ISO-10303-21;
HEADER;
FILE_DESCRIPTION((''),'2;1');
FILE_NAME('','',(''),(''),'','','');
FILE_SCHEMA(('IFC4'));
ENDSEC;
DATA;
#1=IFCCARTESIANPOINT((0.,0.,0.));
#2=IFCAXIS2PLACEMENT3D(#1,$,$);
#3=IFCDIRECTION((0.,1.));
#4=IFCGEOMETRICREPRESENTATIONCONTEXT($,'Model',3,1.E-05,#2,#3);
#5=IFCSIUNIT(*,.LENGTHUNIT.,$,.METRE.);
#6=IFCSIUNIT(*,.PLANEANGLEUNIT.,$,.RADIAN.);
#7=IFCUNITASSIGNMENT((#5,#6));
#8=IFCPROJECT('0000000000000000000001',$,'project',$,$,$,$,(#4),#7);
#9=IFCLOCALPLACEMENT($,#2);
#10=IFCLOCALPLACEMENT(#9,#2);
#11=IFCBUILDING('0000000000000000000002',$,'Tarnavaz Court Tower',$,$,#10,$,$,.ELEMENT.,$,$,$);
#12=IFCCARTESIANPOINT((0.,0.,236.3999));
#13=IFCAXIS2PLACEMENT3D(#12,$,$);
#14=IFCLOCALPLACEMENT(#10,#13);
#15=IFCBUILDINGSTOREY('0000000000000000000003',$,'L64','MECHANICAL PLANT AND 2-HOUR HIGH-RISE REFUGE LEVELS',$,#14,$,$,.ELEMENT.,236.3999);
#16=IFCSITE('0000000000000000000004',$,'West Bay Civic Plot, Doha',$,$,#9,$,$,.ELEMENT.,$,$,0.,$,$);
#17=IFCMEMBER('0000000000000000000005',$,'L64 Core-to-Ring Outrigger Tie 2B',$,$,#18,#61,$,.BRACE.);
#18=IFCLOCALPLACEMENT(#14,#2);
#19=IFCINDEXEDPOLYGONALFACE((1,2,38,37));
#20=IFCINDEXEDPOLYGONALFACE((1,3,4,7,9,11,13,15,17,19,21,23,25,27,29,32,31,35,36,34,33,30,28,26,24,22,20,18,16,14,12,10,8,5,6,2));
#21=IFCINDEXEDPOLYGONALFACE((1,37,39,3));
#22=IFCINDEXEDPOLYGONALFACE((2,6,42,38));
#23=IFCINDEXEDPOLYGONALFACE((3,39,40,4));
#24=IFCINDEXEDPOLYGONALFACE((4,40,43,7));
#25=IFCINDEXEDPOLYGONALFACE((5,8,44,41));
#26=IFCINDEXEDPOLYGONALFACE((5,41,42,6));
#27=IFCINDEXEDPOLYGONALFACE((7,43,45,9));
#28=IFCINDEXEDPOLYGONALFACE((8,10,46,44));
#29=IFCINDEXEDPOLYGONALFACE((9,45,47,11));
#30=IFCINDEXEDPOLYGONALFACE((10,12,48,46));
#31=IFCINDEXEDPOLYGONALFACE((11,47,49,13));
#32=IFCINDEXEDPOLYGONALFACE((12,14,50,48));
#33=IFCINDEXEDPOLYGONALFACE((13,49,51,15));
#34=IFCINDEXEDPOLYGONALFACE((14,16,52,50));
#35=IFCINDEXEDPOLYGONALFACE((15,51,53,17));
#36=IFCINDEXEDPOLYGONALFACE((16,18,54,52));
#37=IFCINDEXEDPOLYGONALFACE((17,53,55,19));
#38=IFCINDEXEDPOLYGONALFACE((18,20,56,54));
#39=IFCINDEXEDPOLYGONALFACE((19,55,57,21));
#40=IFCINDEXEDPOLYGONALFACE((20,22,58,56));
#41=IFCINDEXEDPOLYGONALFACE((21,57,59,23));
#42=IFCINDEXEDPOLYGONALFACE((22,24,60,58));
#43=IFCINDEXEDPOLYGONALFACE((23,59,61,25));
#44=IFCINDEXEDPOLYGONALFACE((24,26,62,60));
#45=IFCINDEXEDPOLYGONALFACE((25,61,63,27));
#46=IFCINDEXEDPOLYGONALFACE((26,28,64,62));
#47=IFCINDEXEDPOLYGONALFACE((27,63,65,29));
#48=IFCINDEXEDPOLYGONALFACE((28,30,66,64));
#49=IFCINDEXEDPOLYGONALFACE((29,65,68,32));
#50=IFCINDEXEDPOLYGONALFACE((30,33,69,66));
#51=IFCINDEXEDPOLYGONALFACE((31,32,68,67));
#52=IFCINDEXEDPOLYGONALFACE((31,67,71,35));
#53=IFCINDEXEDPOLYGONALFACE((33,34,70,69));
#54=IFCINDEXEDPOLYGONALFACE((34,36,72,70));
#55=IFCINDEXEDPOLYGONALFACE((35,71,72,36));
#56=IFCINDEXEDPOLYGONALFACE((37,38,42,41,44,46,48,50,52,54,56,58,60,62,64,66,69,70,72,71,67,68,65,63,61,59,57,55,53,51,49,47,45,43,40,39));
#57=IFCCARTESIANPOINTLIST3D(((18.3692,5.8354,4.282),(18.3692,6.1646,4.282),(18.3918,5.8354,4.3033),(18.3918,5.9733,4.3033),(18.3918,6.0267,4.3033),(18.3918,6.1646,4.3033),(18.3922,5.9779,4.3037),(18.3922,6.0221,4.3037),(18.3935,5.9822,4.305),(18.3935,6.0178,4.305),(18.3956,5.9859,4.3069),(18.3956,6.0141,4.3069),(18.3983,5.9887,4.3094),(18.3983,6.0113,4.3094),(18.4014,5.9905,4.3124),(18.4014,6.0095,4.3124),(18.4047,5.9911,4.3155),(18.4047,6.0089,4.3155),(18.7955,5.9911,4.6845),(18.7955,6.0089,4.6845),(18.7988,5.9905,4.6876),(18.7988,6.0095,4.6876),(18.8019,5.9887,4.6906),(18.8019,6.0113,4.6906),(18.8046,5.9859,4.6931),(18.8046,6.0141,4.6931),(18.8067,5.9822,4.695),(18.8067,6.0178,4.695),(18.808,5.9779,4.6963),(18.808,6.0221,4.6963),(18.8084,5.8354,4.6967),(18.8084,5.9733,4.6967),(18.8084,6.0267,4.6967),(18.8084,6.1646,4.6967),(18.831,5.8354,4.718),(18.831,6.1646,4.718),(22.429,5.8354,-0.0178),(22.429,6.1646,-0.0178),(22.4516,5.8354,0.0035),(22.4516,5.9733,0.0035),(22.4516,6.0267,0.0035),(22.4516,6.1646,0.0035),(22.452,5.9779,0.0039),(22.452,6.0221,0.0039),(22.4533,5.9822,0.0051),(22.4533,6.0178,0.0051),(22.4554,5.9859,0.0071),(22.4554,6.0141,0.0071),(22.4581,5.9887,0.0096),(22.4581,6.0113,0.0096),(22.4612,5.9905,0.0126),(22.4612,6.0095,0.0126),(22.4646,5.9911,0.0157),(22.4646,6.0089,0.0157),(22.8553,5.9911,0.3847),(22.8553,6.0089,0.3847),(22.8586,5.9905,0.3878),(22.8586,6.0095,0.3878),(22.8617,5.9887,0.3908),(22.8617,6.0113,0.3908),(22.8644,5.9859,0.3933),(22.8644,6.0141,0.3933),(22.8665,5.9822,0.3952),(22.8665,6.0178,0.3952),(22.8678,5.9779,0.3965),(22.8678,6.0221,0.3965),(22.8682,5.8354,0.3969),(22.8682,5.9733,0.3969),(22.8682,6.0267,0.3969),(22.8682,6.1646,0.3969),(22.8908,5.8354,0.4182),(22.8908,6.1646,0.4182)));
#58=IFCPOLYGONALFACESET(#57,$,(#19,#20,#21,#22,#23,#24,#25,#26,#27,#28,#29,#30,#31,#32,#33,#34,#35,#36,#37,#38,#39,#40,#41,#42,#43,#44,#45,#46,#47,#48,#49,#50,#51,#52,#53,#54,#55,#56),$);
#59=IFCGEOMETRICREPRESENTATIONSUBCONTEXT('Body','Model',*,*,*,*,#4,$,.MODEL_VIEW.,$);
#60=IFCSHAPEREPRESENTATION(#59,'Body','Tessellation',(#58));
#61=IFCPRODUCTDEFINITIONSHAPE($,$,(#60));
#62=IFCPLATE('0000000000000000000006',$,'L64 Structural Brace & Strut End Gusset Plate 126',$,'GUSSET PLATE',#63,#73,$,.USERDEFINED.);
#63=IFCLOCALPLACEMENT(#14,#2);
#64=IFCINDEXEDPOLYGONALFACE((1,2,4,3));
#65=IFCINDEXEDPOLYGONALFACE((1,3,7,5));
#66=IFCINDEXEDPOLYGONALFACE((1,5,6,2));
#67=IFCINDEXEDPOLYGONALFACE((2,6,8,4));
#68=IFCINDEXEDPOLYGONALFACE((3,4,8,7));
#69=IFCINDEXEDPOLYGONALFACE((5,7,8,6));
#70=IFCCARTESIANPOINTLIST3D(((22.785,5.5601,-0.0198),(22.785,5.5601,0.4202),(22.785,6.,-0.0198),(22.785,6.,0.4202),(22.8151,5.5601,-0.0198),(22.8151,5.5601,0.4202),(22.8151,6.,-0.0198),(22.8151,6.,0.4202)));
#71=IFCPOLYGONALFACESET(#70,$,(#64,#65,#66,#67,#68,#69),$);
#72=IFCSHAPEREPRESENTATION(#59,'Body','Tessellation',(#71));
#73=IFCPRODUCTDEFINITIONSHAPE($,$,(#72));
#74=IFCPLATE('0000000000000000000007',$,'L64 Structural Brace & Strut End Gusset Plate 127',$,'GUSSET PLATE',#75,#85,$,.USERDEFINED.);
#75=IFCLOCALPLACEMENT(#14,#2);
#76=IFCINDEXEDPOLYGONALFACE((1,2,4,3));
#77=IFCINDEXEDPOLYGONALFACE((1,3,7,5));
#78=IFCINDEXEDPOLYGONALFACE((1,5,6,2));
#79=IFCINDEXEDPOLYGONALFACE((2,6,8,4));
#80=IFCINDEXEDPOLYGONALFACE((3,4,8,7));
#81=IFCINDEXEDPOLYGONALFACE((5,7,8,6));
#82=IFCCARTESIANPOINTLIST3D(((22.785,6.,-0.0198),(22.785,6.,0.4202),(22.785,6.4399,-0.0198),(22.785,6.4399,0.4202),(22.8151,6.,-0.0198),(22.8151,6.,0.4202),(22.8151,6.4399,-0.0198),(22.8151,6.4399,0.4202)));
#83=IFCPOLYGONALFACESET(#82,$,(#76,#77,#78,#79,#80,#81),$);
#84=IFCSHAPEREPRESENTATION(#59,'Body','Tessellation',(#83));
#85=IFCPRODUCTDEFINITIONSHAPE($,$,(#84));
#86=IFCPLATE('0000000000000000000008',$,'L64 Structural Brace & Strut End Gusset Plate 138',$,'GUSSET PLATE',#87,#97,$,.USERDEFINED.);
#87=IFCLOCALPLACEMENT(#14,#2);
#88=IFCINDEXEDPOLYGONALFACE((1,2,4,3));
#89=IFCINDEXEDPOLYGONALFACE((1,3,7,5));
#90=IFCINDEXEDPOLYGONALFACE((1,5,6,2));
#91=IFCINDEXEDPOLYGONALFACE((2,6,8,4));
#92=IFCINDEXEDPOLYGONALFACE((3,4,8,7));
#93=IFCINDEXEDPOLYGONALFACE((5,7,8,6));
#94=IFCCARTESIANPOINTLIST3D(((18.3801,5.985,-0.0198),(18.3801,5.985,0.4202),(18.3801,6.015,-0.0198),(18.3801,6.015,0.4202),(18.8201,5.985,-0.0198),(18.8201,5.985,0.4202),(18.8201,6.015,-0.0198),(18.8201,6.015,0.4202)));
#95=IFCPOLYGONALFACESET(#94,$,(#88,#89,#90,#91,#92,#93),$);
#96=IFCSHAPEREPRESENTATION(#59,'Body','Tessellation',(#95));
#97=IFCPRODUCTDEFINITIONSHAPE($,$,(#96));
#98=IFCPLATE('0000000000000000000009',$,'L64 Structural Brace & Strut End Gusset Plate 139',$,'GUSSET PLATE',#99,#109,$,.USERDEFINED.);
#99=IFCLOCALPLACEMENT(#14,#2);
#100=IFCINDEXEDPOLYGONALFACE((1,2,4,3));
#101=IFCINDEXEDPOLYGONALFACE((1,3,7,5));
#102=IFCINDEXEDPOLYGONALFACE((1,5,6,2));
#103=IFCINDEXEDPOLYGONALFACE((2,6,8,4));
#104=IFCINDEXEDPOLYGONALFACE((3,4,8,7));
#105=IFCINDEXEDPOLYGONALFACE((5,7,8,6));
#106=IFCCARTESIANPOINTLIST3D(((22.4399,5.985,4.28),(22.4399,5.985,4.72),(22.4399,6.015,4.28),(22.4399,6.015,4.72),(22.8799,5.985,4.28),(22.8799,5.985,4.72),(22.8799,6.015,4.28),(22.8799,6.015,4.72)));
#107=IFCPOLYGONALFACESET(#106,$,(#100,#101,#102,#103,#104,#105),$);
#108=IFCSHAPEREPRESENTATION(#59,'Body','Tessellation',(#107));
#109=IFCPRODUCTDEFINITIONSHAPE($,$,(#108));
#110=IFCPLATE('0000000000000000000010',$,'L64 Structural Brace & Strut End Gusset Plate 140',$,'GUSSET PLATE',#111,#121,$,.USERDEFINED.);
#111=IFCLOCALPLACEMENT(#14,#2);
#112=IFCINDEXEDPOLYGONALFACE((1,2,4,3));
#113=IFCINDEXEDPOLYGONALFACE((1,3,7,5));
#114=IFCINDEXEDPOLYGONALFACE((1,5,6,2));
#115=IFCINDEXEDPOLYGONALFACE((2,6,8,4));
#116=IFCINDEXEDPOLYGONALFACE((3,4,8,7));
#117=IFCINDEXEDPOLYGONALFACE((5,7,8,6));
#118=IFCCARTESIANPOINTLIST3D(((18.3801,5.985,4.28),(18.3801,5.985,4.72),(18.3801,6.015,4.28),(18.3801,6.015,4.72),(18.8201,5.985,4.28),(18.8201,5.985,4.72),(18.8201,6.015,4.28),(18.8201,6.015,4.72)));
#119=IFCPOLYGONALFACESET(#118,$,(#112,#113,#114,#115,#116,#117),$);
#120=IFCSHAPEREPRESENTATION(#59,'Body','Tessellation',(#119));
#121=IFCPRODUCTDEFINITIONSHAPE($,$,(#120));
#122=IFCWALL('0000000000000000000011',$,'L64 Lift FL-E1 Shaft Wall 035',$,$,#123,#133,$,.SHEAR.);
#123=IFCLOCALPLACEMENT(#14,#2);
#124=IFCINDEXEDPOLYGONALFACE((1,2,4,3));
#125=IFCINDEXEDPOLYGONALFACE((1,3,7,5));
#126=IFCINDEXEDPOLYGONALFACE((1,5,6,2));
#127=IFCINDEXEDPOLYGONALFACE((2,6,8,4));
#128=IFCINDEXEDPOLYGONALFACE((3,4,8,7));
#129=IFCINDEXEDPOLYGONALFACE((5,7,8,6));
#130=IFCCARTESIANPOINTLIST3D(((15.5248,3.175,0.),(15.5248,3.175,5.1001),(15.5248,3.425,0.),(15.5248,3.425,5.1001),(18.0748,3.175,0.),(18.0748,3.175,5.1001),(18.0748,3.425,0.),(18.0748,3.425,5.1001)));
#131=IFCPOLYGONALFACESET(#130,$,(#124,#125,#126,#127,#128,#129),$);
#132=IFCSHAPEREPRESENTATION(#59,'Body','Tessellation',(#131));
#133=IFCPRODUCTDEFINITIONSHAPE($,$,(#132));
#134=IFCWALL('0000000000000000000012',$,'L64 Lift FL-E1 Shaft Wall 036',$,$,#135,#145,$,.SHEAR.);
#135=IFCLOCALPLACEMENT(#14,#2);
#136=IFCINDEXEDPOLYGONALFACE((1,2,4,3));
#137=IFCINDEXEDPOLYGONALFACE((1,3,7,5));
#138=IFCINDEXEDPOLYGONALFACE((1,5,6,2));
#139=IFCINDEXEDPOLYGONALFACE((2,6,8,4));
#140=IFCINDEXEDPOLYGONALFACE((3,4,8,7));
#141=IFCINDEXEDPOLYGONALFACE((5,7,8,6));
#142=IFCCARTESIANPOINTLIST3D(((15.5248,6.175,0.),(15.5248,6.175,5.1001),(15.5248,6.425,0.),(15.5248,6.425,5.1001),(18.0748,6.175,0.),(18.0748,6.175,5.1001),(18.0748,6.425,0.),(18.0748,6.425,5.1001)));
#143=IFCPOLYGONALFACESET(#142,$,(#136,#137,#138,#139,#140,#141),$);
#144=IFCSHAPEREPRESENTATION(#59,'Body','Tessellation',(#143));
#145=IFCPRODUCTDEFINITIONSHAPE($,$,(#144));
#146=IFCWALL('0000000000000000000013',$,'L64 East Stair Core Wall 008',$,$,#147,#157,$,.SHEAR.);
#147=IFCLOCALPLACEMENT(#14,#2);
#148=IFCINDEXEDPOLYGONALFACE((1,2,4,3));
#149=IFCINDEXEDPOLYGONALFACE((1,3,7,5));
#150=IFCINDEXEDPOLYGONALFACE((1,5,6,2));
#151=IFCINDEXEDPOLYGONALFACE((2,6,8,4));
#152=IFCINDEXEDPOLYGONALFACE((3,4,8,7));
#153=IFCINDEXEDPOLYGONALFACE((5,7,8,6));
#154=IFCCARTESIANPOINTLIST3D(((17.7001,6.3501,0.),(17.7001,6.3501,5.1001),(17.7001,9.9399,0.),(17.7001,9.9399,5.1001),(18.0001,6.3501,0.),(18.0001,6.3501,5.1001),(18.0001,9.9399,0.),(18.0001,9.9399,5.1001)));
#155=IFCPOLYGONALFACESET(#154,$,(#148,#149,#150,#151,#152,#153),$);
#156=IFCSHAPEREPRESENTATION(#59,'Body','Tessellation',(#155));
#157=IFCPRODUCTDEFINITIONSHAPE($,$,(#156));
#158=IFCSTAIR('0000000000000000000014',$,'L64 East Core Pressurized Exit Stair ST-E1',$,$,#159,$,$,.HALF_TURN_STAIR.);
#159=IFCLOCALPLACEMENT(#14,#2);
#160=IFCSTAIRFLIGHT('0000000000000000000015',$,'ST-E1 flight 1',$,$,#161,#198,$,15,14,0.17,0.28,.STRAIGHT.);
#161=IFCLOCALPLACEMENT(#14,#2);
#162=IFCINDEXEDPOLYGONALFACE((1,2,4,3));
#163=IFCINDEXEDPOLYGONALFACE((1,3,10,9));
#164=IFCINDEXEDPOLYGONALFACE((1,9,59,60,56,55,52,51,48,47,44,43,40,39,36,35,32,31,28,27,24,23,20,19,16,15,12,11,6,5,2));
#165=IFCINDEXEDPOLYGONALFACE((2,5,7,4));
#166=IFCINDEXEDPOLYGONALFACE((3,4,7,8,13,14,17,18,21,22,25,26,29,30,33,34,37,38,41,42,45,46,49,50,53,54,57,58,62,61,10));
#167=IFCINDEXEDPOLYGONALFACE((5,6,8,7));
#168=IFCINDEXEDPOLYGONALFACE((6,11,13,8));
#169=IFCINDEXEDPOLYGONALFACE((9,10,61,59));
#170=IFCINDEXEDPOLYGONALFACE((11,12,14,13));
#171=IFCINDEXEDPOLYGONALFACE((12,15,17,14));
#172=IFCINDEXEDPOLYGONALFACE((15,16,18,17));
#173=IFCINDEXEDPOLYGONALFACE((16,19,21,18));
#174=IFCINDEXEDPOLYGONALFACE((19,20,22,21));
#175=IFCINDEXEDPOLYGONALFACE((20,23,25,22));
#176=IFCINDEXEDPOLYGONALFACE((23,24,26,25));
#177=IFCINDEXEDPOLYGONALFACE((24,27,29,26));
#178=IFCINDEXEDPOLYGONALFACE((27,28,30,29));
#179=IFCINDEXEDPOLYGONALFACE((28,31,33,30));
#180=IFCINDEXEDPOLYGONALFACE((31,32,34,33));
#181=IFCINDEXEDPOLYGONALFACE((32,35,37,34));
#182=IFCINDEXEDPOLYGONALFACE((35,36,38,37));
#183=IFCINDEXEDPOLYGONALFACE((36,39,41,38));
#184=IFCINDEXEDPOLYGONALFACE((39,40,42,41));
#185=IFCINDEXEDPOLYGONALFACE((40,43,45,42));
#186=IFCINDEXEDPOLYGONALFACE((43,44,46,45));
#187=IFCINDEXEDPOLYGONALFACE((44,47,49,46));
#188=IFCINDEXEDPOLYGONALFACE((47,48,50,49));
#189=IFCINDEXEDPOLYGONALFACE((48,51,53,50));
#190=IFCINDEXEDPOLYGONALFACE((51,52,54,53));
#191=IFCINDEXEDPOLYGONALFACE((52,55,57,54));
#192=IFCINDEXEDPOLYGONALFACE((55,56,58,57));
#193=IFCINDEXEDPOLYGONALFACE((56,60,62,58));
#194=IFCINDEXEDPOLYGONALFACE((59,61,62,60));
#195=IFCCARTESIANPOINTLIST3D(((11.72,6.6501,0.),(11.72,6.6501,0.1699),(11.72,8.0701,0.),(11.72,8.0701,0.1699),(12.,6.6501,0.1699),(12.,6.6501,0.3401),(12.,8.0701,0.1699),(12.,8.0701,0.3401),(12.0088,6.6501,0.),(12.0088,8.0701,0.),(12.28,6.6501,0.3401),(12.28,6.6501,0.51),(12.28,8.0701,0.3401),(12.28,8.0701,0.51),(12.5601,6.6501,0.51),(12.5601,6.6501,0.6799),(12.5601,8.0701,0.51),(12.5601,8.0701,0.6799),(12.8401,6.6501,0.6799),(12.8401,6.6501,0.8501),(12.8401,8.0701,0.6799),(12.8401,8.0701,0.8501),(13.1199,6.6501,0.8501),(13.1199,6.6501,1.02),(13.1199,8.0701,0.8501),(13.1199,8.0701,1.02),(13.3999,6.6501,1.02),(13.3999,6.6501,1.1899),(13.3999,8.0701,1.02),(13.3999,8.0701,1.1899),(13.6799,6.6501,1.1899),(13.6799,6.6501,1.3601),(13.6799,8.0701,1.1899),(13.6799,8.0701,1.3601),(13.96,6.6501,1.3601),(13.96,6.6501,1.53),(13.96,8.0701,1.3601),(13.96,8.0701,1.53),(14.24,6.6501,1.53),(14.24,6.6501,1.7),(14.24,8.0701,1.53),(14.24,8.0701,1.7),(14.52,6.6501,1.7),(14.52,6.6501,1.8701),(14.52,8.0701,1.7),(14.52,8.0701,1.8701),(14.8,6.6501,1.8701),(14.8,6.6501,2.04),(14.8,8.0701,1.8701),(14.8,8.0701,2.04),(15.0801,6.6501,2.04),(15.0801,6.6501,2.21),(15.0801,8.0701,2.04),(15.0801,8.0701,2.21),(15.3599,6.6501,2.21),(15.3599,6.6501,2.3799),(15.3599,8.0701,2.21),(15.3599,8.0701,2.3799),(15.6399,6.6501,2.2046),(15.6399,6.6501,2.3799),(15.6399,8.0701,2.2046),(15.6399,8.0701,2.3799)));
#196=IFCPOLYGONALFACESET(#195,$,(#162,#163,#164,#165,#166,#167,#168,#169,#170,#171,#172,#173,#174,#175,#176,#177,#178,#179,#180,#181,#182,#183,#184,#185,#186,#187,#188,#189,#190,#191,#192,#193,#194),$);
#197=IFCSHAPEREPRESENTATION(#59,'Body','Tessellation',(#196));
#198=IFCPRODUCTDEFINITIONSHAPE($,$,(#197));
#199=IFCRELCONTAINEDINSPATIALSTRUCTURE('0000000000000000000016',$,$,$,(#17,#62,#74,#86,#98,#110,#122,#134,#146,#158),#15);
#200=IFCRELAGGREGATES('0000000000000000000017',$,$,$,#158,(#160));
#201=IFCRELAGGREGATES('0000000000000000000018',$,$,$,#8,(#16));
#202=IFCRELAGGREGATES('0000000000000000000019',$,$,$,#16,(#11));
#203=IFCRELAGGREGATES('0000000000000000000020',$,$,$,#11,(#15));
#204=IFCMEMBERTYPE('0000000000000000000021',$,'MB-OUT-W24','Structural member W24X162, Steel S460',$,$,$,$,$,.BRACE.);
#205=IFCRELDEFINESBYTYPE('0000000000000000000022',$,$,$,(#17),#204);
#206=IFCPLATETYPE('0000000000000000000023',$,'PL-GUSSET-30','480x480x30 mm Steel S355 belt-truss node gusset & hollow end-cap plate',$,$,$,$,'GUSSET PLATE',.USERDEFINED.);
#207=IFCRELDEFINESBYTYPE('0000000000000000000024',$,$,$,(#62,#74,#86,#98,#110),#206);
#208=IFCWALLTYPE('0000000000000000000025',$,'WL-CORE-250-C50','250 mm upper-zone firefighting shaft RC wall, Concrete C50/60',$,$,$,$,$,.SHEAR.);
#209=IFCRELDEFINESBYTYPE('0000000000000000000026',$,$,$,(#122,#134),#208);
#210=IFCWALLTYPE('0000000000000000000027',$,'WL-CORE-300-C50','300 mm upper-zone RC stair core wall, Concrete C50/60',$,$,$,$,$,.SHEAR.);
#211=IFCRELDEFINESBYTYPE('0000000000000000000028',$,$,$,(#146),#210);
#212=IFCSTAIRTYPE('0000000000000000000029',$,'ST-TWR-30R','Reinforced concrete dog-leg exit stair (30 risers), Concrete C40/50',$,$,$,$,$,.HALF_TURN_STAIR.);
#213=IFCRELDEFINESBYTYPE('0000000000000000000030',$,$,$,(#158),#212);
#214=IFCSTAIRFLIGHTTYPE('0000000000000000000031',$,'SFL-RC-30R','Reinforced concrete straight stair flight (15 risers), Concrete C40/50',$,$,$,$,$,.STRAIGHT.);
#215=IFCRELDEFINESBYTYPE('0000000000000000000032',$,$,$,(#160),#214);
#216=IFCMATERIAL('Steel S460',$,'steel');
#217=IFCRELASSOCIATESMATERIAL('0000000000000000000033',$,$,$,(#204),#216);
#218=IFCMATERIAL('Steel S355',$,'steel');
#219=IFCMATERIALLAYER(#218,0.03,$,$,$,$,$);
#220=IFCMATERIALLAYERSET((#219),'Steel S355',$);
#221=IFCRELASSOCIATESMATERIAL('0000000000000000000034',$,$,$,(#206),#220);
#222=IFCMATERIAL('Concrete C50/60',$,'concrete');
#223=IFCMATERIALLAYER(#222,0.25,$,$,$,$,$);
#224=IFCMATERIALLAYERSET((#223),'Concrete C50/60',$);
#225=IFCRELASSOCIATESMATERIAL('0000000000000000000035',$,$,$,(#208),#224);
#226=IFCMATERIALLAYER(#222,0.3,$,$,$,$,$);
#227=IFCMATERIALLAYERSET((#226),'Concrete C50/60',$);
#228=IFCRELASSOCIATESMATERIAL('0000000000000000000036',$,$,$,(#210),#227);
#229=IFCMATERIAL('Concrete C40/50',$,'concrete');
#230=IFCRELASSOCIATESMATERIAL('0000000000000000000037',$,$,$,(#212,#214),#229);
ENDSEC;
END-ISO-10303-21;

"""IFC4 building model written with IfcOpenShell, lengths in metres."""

from ifc_helpers import new_model, si_unit, direction, frame, frame_2d, origin, origin_2d, place, context, subcontext, project, spatial, polyline, rectangle, i_section, outline, extrude, material, layer, layer_set, material_profile, profile_set, type_object, element, aggregate, save


model = new_model("IFC4")

# Units and contexts
model_context = context("Model", 3, precision=1e-05, world=origin(), true_north=direction((0.0, 1.0)))
body_context = subcontext(model_context, "Body", "Model", "MODEL_VIEW")
ifc_project = project(units=[si_unit("LENGTHUNIT", "METRE"), si_unit("PLANEANGLEUNIT", "RADIAN")], contexts=[model_context])

# Site, building, storey
site_placement = place(None, origin())
site = spatial("IfcSite", under=ifc_project, at=site_placement, Name="West Bay Civic Plot, Doha", CompositionType="ELEMENT", RefElevation=0.0)
building_placement = place(site_placement, origin())
building = spatial("IfcBuilding", under=site, at=building_placement, Name="Tarnavaz Court Tower", CompositionType="ELEMENT")
storey_placement = place(building_placement, frame((0.0, 0.0, 236.3999)))
storey = spatial("IfcBuildingStorey", under=building, at=storey_placement, Name="L64", Description="MECHANICAL PLANT AND 2-HOUR HIGH-RISE REFUGE LEVELS", CompositionType="ELEMENT", Elevation=236.3999)

# Shared definitions
ifc_material_1 = material(Name="Steel S460", Category="steel")

# Shared definitions
ifc_material_2 = material(Name="Concrete C50/60", Category="concrete")

# Member
ifc_material_profile_1 = material_profile(ifc_material_1, i_section(OverallWidth=0.3291, OverallDepth=0.635, WebThickness=0.0178, FlangeThickness=0.031, FilletRadius=0.0178, at=origin_2d()), Name="W24X162")
ifc_profile_set_1 = profile_set([ifc_material_profile_1], Name="Steel S460")
member_type_1 = type_object("IfcMemberType", Name="MB-OUT-W24", Description="Structural member W24X162, Steel S460", PredefinedType="BRACE", material=ifc_profile_set_1)
for number, where, z_axis, x_axis, name in (
    (1, (18.6001, 6.0, 4.5), (0.686524, 0.0, -0.727107), (0.0, 1.0, 0.0), "L64 Core-to-Ring Outrigger Tie 2B"),
):
    element("IfcMember", number, at=place(storey_placement, frame(where, z_axis=z_axis, x_axis=x_axis)), inside=storey, type_object=member_type_1, Name=name, PredefinedType="BRACE", context=body_context, shape_type="SweptSolid", body=[
        extrude(i_section(OverallWidth=0.3291, OverallDepth=0.635, WebThickness=0.0178, FlangeThickness=0.031, FilletRadius=0.0178, at=origin_2d()), origin(), (0.0, 0.0, 1.0), 5.9136),
    ])

# Plates
ifc_material_3 = material(Name="Steel S355", Category="steel")
ifc_layer_1 = layer(ifc_material_3, 0.03)
ifc_layer_set_1 = layer_set([ifc_layer_1], Name="Steel S355")
plate_type = type_object("IfcPlateType", Name="PL-GUSSET-30", Description="480x480x30 mm Steel S355 belt-truss node gusset & hollow end-cap plate", ElementType="GUSSET PLATE", PredefinedType="USERDEFINED", material=ifc_layer_set_1)
for number, where, z_axis, x_axis, name in (
    (2, (22.8, 5.78, -0.0198), (0.0, 0.0, 1.0), (0.0, 1.0, 0.0), "L64 Structural Brace & Strut End Gusset Plate 126"),
    (3, (22.8, 6.22, -0.0198), (0.0, 0.0, 1.0), (0.0, 1.0, 0.0), "L64 Structural Brace & Strut End Gusset Plate 127"),
    (4, (18.6001, 6.0, -0.0198), (0.0, 0.0, 1.0), (1.0, 0.0, 0.0), "L64 Structural Brace & Strut End Gusset Plate 138"),
    (5, (22.6599, 6.0, 4.28), (0.0, 0.0, 1.0), (1.0, 0.0, 0.0), "L64 Structural Brace & Strut End Gusset Plate 139"),
    (6, (18.6001, 6.0, 4.28), (0.0, 0.0, 1.0), (1.0, 0.0, 0.0), "L64 Structural Brace & Strut End Gusset Plate 140"),
):
    element("IfcPlate", number, at=place(storey_placement, frame(where, z_axis=z_axis, x_axis=x_axis)), inside=storey, type_object=plate_type, Name=name, ObjectType="GUSSET PLATE", PredefinedType="USERDEFINED", context=body_context, shape_type="SweptSolid", body=[
        extrude(rectangle(XDim=0.4399, YDim=0.03, at=origin_2d()), origin(), (0.0, 0.0, 1.0), 0.4399),
    ])

# Walls
ifc_layer_2 = layer(ifc_material_2, 0.25)
ifc_layer_set_2 = layer_set([ifc_layer_2], Name="Concrete C50/60")
wall_type_1 = type_object("IfcWallType", Name="WL-CORE-250-C50", Description="250 mm upper-zone firefighting shaft RC wall, Concrete C50/60", PredefinedType="SHEAR", material=ifc_layer_set_2)
for number, where, z_axis, x_axis, name in (
    (7, (15.5249, 3.3, 0.0), (0.0, 0.0, 1.0), (1.0, 0.0, 0.0), "L64 Lift FL-E1 Shaft Wall 035"),
    (8, (15.5249, 6.3, 0.0), (0.0, 0.0, 1.0), (1.0, 0.0, 0.0), "L64 Lift FL-E1 Shaft Wall 036"),
):
    element("IfcWall", number, at=place(storey_placement, frame(where, z_axis=z_axis, x_axis=x_axis)), inside=storey, type_object=wall_type_1, Name=name, PredefinedType="SHEAR", context=body_context, shape_type="SweptSolid", body=[
        extrude(rectangle(XDim=2.55, YDim=0.25, at=frame_2d((1.2749, 0.0))), origin(), (0.0, 0.0, 1.0), 5.1001),
    ])
ifc_layer_3 = layer(ifc_material_2, 0.3)
ifc_layer_set_3 = layer_set([ifc_layer_3], Name="Concrete C50/60")
wall_type_2 = type_object("IfcWallType", Name="WL-CORE-300-C50", Description="300 mm upper-zone RC stair core wall, Concrete C50/60", PredefinedType="SHEAR", material=ifc_layer_set_3)
wall_placement = place(storey_placement, frame((17.8501, 6.3501, 0.0), z_axis=(0.0, 0.0, 1.0), x_axis=(0.0, 1.0, 0.0)))
element("IfcWall", 9, at=wall_placement, inside=storey, type_object=wall_type_2, Name="L64 East Stair Core Wall 008", PredefinedType="SHEAR", context=body_context, shape_type="SweptSolid", body=[
    extrude(rectangle(XDim=3.5898, YDim=0.3, at=frame_2d((1.7949, 0.0))), origin(), (0.0, 0.0, 1.0), 5.1001),
])

# Stair, stair flight
ifc_material_4 = material(Name="Concrete C40/50", Category="concrete")
stair_type = type_object("IfcStairType", Name="ST-TWR-30R", Description="Reinforced concrete dog-leg exit stair (30 risers), Concrete C40/50", PredefinedType="HALF_TURN_STAIR", material=ifc_material_4)
stair_placement = place(storey_placement, origin())
stair = element("IfcStair", 10, at=stair_placement, inside=storey, type_object=stair_type, Name="L64 East Core Pressurized Exit Stair ST-E1", PredefinedType="HALF_TURN_STAIR")
stair_flight_type = type_object("IfcStairFlightType", Name="SFL-RC-30R", Description="Reinforced concrete straight stair flight (15 risers), Concrete C40/50", PredefinedType="STRAIGHT", material=ifc_material_4)
stair_flight_placement = place(storey_placement, frame((11.72, 7.3601, 0.0), z_axis=(0.0, 0.0, 1.0), x_axis=(1.0, 0.0, 0.0)))
stair_flight = element("IfcStairFlight", 11, at=stair_flight_placement, type_object=stair_flight_type, Name="ST-E1 flight 1", NumberOfRisers=15, NumberOfTreads=14, PredefinedType="STRAIGHT", RiserHeight=0.17, TreadLength=0.28, context=body_context, shape_type="SweptSolid", body=[
    extrude(outline(polyline([(0.0, 0.0), (0.0, 0.1699), (0.28, 0.1699), (0.28, 0.3401), (0.5601, 0.3401), (0.5601, 0.51), (0.8401, 0.51), (0.8401, 0.6799), (1.1201, 0.6799), (1.1201, 0.8501), (1.3999, 0.8501), (1.3999, 1.02), (1.6799, 1.02), (1.6799, 1.1899), (1.96, 1.1899), (1.96, 1.3601), (2.24, 1.3601), (2.24, 1.53), (2.52, 1.53), (2.52, 1.7), (2.8, 1.7), (2.8, 1.8701), (3.0801, 1.8701), (3.0801, 2.04), (3.3601, 2.04), (3.3601, 2.21), (3.6399, 2.21), (3.6399, 2.3799), (3.9199, 2.3799), (3.9199, 2.55), (3.9199, 2.2046), (0.2888, 0.0), (0.0, 0.0)])), frame((0.0, 0.71, 0.0), z_axis=(0.0, -1.0, 0.0), x_axis=(1.0, 0.0, 0.0)), (0.0, 0.0, 1.0), 1.4199),
])
aggregate(stair, [stair_flight])

save(model, "model.ifc")
